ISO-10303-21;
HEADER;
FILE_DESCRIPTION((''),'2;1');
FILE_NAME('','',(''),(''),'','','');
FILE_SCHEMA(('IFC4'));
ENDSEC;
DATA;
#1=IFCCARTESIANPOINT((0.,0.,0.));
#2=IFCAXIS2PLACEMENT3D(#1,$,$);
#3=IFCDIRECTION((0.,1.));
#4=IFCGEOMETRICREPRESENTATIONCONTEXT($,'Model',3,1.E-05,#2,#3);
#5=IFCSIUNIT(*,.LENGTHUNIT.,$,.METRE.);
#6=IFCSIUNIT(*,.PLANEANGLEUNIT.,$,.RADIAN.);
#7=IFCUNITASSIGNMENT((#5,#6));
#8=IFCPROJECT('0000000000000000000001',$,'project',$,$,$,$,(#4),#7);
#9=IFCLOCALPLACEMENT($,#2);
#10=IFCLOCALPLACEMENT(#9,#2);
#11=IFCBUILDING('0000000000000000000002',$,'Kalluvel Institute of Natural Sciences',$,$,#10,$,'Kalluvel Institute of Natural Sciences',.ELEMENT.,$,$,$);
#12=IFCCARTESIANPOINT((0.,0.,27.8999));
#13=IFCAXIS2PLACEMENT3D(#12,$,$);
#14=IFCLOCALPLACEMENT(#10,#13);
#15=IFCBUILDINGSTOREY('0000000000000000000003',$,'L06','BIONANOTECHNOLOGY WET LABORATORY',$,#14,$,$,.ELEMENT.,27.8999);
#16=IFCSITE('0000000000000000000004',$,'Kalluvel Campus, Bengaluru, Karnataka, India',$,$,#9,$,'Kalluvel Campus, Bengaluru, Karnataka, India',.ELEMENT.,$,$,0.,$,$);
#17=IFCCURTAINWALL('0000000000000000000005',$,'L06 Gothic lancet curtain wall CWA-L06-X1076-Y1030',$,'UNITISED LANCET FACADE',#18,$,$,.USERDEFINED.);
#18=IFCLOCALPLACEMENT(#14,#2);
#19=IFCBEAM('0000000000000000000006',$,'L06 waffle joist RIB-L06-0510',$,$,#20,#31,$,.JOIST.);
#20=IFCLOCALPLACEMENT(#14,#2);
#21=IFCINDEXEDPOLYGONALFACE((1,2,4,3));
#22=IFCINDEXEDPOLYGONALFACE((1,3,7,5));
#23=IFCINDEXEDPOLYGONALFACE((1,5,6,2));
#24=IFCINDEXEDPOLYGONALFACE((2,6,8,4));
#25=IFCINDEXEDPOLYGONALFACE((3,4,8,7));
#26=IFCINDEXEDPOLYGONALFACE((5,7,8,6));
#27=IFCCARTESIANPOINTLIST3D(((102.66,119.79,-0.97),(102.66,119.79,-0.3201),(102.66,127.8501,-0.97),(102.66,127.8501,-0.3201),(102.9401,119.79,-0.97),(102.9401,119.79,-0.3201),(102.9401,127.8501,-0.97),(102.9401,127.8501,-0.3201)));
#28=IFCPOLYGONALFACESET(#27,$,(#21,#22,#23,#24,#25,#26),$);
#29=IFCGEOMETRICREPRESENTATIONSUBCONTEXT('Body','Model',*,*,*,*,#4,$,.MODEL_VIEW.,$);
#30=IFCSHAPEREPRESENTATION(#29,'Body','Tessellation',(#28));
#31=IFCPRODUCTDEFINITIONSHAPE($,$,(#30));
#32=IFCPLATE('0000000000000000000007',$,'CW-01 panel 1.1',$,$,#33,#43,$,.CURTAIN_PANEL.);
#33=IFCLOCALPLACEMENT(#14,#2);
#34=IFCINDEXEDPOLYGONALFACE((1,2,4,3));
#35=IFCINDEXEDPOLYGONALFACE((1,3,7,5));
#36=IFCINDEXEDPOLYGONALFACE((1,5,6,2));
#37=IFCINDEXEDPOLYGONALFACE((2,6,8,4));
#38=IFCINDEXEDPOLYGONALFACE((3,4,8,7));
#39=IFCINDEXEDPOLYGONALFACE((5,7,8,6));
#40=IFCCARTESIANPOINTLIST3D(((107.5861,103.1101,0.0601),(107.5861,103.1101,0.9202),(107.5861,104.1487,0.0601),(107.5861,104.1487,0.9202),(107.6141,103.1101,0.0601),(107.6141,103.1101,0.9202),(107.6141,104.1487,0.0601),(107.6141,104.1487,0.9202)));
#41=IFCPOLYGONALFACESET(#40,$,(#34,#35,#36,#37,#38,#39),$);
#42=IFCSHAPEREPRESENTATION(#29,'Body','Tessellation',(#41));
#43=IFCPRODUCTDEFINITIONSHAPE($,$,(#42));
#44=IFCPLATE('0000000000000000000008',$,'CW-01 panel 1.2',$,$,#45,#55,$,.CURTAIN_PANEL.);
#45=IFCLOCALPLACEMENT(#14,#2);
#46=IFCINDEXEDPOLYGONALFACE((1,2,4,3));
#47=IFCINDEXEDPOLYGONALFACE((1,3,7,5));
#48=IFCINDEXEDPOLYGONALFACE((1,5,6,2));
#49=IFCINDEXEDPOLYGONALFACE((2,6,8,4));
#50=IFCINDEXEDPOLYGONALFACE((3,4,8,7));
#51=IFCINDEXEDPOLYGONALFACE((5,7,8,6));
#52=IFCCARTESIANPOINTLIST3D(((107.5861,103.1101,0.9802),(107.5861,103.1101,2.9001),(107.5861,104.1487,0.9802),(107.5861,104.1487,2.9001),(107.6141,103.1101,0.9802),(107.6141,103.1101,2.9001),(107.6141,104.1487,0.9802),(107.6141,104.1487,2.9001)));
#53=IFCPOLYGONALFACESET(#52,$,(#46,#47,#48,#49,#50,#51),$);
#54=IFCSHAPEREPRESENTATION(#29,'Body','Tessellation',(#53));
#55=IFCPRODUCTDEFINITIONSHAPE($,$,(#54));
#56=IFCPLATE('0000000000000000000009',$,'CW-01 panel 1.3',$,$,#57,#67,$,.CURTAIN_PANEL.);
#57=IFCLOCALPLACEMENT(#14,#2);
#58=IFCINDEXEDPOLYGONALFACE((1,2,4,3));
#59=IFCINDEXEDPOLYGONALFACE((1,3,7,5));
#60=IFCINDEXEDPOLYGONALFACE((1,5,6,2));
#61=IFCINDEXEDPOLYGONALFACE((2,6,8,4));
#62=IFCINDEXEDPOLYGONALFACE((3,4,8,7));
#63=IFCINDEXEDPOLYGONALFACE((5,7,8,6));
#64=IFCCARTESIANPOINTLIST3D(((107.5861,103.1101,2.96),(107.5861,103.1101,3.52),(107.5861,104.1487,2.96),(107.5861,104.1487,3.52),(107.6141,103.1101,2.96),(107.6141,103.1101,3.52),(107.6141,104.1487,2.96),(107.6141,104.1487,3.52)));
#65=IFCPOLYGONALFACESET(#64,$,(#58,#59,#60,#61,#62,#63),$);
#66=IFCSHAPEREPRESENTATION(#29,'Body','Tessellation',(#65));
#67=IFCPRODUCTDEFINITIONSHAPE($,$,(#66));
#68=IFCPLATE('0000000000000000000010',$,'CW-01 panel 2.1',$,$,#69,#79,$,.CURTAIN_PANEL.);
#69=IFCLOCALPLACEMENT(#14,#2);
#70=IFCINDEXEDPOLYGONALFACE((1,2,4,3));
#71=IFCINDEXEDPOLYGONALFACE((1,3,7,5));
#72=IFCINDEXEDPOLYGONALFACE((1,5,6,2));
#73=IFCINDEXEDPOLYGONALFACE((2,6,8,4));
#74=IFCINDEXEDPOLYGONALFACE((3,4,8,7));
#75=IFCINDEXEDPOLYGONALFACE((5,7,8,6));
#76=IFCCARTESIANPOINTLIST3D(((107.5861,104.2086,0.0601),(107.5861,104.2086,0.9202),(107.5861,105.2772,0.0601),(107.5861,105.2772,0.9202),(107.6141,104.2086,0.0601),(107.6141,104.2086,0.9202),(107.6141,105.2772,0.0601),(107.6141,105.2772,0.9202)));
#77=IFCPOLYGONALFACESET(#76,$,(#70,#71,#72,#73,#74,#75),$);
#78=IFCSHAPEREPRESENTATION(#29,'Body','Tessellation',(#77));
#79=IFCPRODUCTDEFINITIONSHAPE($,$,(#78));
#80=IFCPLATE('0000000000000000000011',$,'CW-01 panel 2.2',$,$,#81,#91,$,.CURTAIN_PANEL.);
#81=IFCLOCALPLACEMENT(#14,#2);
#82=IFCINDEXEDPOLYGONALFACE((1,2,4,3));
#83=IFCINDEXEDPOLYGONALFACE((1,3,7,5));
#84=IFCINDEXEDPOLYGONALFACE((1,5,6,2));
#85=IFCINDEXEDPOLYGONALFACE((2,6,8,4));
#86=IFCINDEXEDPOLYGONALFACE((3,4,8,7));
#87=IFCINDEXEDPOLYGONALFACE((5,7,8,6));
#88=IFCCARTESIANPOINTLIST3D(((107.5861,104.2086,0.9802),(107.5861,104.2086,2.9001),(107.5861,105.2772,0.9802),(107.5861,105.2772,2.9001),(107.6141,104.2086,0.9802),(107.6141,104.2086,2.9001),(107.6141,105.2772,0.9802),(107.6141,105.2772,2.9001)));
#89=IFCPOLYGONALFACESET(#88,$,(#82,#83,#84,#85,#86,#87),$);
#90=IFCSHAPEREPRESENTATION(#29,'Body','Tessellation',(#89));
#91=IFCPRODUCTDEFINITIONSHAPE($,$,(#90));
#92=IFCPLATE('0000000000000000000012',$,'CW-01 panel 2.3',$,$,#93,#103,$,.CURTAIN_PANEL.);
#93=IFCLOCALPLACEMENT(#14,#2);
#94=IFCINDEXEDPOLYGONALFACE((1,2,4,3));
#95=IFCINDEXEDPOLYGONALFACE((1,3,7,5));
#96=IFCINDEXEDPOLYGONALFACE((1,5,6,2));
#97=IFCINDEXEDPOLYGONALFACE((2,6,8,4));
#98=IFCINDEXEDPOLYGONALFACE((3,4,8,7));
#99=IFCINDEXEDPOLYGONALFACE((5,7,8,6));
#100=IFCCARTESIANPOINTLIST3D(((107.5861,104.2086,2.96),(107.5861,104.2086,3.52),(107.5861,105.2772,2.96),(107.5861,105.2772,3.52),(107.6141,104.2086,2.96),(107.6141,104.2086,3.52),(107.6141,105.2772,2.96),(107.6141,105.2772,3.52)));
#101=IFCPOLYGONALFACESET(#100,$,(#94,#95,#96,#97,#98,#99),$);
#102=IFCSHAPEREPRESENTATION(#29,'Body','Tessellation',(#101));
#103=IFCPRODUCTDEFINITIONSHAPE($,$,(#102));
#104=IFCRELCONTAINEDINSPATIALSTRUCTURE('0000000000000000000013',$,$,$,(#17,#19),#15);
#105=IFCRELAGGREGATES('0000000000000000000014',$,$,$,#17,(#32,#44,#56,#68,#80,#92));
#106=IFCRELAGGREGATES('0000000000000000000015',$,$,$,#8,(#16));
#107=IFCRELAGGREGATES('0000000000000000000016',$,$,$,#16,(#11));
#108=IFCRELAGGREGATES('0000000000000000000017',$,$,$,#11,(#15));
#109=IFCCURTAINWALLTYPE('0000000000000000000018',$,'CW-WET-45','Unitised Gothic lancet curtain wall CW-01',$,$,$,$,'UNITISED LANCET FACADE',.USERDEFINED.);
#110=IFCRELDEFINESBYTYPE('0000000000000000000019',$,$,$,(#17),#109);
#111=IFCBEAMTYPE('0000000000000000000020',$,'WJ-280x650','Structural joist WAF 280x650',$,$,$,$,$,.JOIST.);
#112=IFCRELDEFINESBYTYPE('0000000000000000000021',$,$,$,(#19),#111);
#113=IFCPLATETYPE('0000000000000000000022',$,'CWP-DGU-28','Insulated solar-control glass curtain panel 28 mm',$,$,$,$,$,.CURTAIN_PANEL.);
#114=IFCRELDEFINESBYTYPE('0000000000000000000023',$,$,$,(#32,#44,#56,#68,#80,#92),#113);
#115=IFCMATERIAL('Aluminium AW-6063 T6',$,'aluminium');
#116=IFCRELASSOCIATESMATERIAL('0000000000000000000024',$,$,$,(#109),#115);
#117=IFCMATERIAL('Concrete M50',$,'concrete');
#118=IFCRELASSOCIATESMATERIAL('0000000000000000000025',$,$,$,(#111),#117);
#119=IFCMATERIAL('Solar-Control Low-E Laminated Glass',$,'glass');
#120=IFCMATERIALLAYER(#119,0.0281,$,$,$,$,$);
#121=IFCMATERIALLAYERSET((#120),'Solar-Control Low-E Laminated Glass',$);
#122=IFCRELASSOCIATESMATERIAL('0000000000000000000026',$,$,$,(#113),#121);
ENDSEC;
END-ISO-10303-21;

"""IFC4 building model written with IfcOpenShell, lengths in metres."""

from ifc_helpers import new_model, si_unit, direction, frame, origin, origin_2d, place, context, subcontext, project, spatial, rectangle, extrude, material, layer, layer_set, material_profile, profile_set, type_object, element, aggregate, save


model = new_model("IFC4")

# Units and contexts
model_context = context("Model", 3, precision=1e-05, world=origin(), true_north=direction((0.0, 1.0)))
body_context = subcontext(model_context, "Body", "Model", "MODEL_VIEW")
ifc_project = project(units=[si_unit("LENGTHUNIT", "METRE"), si_unit("PLANEANGLEUNIT", "RADIAN")], contexts=[model_context])

# Site, building, storey
site_placement = place(None, origin())
site = spatial("IfcSite", under=ifc_project, at=site_placement, Name="Kalluvel Campus, Bengaluru, Karnataka, India", LongName="Kalluvel Campus, Bengaluru, Karnataka, India", CompositionType="ELEMENT", RefElevation=0.0)
building_placement = place(site_placement, origin())
building = spatial("IfcBuilding", under=site, at=building_placement, Name="Kalluvel Institute of Natural Sciences", LongName="Kalluvel Institute of Natural Sciences", CompositionType="ELEMENT")
storey_placement = place(building_placement, frame((0.0, 0.0, 27.8999)))
storey = spatial("IfcBuildingStorey", under=building, at=storey_placement, Name="L06", Description="BIONANOTECHNOLOGY WET LABORATORY", CompositionType="ELEMENT", Elevation=27.8999)

# Curtain wall
ifc_material_1 = material(Name="Aluminium AW-6063 T6", Category="aluminium")
curtain_wall_type = type_object("IfcCurtainWallType", Name="CW-WET-45", Description="Unitised Gothic lancet curtain wall CW-01", ElementType="UNITISED LANCET FACADE", PredefinedType="USERDEFINED", material=ifc_material_1)
curtain_wall_placement = place(storey_placement, origin())
curtain_wall = element("IfcCurtainWall", 1, at=curtain_wall_placement, inside=storey, type_object=curtain_wall_type, Name="L06 Gothic lancet curtain wall CWA-L06-X1076-Y1030", ObjectType="UNITISED LANCET FACADE", PredefinedType="USERDEFINED")

# Beam
ifc_material_2 = material(Name="Concrete M50", Category="concrete")
ifc_material_profile_1 = material_profile(ifc_material_2, rectangle(XDim=0.28, YDim=0.6499, at=origin_2d()), Name="WAF 280x650")
ifc_profile_set_1 = profile_set([ifc_material_profile_1], Name="Concrete M50")
beam_type_1 = type_object("IfcBeamType", Name="WJ-280x650", Description="Structural joist WAF 280x650", PredefinedType="JOIST", material=ifc_profile_set_1)
beam_1_placement = place(storey_placement, frame((102.8, 119.79, -0.645), z_axis=(0.0, 1.0, 0.0), x_axis=(-1.0, 0.0, 0.0)))
element("IfcBeam", 2, at=beam_1_placement, inside=storey, type_object=beam_type_1, Name="L06 waffle joist RIB-L06-0510", PredefinedType="JOIST", context=body_context, shape_type="SweptSolid", body=[
    extrude(rectangle(XDim=0.28, YDim=0.6499, at=origin_2d()), origin(), (0.0, 0.0, 1.0), 8.0601),
])

# Plates
ifc_material_3 = material(Name="Solar-Control Low-E Laminated Glass", Category="glass")
ifc_layer = layer(ifc_material_3, 0.0281)
ifc_layer_set = layer_set([ifc_layer], Name="Solar-Control Low-E Laminated Glass")
plate_type = type_object("IfcPlateType", Name="CWP-DGU-28", Description="Insulated solar-control glass curtain panel 28 mm", PredefinedType="CURTAIN_PANEL", material=ifc_layer_set)
plate_1_placement = place(storey_placement, frame((107.6001, 103.6294, 0.0601), z_axis=(0.0, 0.0, 1.0), x_axis=(0.0, 1.0, 0.0)))
plate_1 = element("IfcPlate", 3, at=plate_1_placement, type_object=plate_type, Name="CW-01 panel 1.1", PredefinedType="CURTAIN_PANEL", context=body_context, shape_type="SweptSolid", body=[
    extrude(rectangle(XDim=1.0386, YDim=0.0281, at=origin_2d()), origin(), (0.0, 0.0, 1.0), 0.8601),
])
plate_2_placement = place(storey_placement, frame((107.6001, 103.6294, 0.9802), z_axis=(0.0, 0.0, 1.0), x_axis=(0.0, 1.0, 0.0)))
plate_2 = element("IfcPlate", 4, at=plate_2_placement, type_object=plate_type, Name="CW-01 panel 1.2", PredefinedType="CURTAIN_PANEL", context=body_context, shape_type="SweptSolid", body=[
    extrude(rectangle(XDim=1.0386, YDim=0.0281, at=origin_2d()), origin(), (0.0, 0.0, 1.0), 1.9199),
])
plate_3_placement = place(storey_placement, frame((107.6001, 103.6294, 2.96), z_axis=(0.0, 0.0, 1.0), x_axis=(0.0, 1.0, 0.0)))
plate_3 = element("IfcPlate", 5, at=plate_3_placement, type_object=plate_type, Name="CW-01 panel 1.3", PredefinedType="CURTAIN_PANEL", context=body_context, shape_type="SweptSolid", body=[
    extrude(rectangle(XDim=1.0386, YDim=0.0281, at=origin_2d()), origin(), (0.0, 0.0, 1.0), 0.5601),
])
plate_4_placement = place(storey_placement, frame((107.6001, 104.7429, 0.0601), z_axis=(0.0, 0.0, 1.0), x_axis=(0.0, 1.0, 0.0)))
plate_4 = element("IfcPlate", 6, at=plate_4_placement, type_object=plate_type, Name="CW-01 panel 2.1", PredefinedType="CURTAIN_PANEL", context=body_context, shape_type="SweptSolid", body=[
    extrude(rectangle(XDim=1.0686, YDim=0.0281, at=origin_2d()), origin(), (0.0, 0.0, 1.0), 0.8601),
])
plate_5_placement = place(storey_placement, frame((107.6001, 104.7429, 0.9802), z_axis=(0.0, 0.0, 1.0), x_axis=(0.0, 1.0, 0.0)))
plate_5 = element("IfcPlate", 7, at=plate_5_placement, type_object=plate_type, Name="CW-01 panel 2.2", PredefinedType="CURTAIN_PANEL", context=body_context, shape_type="SweptSolid", body=[
    extrude(rectangle(XDim=1.0686, YDim=0.0281, at=origin_2d()), origin(), (0.0, 0.0, 1.0), 1.9199),
])
plate_6_placement = place(storey_placement, frame((107.6001, 104.7429, 2.96), z_axis=(0.0, 0.0, 1.0), x_axis=(0.0, 1.0, 0.0)))
plate_6 = element("IfcPlate", 8, at=plate_6_placement, type_object=plate_type, Name="CW-01 panel 2.3", PredefinedType="CURTAIN_PANEL", context=body_context, shape_type="SweptSolid", body=[
    extrude(rectangle(XDim=1.0686, YDim=0.0281, at=origin_2d()), origin(), (0.0, 0.0, 1.0), 0.5601),
])
aggregate(curtain_wall, [plate_1, plate_2, plate_3, plate_4, plate_5, plate_6])

save(model, "model.ifc")
